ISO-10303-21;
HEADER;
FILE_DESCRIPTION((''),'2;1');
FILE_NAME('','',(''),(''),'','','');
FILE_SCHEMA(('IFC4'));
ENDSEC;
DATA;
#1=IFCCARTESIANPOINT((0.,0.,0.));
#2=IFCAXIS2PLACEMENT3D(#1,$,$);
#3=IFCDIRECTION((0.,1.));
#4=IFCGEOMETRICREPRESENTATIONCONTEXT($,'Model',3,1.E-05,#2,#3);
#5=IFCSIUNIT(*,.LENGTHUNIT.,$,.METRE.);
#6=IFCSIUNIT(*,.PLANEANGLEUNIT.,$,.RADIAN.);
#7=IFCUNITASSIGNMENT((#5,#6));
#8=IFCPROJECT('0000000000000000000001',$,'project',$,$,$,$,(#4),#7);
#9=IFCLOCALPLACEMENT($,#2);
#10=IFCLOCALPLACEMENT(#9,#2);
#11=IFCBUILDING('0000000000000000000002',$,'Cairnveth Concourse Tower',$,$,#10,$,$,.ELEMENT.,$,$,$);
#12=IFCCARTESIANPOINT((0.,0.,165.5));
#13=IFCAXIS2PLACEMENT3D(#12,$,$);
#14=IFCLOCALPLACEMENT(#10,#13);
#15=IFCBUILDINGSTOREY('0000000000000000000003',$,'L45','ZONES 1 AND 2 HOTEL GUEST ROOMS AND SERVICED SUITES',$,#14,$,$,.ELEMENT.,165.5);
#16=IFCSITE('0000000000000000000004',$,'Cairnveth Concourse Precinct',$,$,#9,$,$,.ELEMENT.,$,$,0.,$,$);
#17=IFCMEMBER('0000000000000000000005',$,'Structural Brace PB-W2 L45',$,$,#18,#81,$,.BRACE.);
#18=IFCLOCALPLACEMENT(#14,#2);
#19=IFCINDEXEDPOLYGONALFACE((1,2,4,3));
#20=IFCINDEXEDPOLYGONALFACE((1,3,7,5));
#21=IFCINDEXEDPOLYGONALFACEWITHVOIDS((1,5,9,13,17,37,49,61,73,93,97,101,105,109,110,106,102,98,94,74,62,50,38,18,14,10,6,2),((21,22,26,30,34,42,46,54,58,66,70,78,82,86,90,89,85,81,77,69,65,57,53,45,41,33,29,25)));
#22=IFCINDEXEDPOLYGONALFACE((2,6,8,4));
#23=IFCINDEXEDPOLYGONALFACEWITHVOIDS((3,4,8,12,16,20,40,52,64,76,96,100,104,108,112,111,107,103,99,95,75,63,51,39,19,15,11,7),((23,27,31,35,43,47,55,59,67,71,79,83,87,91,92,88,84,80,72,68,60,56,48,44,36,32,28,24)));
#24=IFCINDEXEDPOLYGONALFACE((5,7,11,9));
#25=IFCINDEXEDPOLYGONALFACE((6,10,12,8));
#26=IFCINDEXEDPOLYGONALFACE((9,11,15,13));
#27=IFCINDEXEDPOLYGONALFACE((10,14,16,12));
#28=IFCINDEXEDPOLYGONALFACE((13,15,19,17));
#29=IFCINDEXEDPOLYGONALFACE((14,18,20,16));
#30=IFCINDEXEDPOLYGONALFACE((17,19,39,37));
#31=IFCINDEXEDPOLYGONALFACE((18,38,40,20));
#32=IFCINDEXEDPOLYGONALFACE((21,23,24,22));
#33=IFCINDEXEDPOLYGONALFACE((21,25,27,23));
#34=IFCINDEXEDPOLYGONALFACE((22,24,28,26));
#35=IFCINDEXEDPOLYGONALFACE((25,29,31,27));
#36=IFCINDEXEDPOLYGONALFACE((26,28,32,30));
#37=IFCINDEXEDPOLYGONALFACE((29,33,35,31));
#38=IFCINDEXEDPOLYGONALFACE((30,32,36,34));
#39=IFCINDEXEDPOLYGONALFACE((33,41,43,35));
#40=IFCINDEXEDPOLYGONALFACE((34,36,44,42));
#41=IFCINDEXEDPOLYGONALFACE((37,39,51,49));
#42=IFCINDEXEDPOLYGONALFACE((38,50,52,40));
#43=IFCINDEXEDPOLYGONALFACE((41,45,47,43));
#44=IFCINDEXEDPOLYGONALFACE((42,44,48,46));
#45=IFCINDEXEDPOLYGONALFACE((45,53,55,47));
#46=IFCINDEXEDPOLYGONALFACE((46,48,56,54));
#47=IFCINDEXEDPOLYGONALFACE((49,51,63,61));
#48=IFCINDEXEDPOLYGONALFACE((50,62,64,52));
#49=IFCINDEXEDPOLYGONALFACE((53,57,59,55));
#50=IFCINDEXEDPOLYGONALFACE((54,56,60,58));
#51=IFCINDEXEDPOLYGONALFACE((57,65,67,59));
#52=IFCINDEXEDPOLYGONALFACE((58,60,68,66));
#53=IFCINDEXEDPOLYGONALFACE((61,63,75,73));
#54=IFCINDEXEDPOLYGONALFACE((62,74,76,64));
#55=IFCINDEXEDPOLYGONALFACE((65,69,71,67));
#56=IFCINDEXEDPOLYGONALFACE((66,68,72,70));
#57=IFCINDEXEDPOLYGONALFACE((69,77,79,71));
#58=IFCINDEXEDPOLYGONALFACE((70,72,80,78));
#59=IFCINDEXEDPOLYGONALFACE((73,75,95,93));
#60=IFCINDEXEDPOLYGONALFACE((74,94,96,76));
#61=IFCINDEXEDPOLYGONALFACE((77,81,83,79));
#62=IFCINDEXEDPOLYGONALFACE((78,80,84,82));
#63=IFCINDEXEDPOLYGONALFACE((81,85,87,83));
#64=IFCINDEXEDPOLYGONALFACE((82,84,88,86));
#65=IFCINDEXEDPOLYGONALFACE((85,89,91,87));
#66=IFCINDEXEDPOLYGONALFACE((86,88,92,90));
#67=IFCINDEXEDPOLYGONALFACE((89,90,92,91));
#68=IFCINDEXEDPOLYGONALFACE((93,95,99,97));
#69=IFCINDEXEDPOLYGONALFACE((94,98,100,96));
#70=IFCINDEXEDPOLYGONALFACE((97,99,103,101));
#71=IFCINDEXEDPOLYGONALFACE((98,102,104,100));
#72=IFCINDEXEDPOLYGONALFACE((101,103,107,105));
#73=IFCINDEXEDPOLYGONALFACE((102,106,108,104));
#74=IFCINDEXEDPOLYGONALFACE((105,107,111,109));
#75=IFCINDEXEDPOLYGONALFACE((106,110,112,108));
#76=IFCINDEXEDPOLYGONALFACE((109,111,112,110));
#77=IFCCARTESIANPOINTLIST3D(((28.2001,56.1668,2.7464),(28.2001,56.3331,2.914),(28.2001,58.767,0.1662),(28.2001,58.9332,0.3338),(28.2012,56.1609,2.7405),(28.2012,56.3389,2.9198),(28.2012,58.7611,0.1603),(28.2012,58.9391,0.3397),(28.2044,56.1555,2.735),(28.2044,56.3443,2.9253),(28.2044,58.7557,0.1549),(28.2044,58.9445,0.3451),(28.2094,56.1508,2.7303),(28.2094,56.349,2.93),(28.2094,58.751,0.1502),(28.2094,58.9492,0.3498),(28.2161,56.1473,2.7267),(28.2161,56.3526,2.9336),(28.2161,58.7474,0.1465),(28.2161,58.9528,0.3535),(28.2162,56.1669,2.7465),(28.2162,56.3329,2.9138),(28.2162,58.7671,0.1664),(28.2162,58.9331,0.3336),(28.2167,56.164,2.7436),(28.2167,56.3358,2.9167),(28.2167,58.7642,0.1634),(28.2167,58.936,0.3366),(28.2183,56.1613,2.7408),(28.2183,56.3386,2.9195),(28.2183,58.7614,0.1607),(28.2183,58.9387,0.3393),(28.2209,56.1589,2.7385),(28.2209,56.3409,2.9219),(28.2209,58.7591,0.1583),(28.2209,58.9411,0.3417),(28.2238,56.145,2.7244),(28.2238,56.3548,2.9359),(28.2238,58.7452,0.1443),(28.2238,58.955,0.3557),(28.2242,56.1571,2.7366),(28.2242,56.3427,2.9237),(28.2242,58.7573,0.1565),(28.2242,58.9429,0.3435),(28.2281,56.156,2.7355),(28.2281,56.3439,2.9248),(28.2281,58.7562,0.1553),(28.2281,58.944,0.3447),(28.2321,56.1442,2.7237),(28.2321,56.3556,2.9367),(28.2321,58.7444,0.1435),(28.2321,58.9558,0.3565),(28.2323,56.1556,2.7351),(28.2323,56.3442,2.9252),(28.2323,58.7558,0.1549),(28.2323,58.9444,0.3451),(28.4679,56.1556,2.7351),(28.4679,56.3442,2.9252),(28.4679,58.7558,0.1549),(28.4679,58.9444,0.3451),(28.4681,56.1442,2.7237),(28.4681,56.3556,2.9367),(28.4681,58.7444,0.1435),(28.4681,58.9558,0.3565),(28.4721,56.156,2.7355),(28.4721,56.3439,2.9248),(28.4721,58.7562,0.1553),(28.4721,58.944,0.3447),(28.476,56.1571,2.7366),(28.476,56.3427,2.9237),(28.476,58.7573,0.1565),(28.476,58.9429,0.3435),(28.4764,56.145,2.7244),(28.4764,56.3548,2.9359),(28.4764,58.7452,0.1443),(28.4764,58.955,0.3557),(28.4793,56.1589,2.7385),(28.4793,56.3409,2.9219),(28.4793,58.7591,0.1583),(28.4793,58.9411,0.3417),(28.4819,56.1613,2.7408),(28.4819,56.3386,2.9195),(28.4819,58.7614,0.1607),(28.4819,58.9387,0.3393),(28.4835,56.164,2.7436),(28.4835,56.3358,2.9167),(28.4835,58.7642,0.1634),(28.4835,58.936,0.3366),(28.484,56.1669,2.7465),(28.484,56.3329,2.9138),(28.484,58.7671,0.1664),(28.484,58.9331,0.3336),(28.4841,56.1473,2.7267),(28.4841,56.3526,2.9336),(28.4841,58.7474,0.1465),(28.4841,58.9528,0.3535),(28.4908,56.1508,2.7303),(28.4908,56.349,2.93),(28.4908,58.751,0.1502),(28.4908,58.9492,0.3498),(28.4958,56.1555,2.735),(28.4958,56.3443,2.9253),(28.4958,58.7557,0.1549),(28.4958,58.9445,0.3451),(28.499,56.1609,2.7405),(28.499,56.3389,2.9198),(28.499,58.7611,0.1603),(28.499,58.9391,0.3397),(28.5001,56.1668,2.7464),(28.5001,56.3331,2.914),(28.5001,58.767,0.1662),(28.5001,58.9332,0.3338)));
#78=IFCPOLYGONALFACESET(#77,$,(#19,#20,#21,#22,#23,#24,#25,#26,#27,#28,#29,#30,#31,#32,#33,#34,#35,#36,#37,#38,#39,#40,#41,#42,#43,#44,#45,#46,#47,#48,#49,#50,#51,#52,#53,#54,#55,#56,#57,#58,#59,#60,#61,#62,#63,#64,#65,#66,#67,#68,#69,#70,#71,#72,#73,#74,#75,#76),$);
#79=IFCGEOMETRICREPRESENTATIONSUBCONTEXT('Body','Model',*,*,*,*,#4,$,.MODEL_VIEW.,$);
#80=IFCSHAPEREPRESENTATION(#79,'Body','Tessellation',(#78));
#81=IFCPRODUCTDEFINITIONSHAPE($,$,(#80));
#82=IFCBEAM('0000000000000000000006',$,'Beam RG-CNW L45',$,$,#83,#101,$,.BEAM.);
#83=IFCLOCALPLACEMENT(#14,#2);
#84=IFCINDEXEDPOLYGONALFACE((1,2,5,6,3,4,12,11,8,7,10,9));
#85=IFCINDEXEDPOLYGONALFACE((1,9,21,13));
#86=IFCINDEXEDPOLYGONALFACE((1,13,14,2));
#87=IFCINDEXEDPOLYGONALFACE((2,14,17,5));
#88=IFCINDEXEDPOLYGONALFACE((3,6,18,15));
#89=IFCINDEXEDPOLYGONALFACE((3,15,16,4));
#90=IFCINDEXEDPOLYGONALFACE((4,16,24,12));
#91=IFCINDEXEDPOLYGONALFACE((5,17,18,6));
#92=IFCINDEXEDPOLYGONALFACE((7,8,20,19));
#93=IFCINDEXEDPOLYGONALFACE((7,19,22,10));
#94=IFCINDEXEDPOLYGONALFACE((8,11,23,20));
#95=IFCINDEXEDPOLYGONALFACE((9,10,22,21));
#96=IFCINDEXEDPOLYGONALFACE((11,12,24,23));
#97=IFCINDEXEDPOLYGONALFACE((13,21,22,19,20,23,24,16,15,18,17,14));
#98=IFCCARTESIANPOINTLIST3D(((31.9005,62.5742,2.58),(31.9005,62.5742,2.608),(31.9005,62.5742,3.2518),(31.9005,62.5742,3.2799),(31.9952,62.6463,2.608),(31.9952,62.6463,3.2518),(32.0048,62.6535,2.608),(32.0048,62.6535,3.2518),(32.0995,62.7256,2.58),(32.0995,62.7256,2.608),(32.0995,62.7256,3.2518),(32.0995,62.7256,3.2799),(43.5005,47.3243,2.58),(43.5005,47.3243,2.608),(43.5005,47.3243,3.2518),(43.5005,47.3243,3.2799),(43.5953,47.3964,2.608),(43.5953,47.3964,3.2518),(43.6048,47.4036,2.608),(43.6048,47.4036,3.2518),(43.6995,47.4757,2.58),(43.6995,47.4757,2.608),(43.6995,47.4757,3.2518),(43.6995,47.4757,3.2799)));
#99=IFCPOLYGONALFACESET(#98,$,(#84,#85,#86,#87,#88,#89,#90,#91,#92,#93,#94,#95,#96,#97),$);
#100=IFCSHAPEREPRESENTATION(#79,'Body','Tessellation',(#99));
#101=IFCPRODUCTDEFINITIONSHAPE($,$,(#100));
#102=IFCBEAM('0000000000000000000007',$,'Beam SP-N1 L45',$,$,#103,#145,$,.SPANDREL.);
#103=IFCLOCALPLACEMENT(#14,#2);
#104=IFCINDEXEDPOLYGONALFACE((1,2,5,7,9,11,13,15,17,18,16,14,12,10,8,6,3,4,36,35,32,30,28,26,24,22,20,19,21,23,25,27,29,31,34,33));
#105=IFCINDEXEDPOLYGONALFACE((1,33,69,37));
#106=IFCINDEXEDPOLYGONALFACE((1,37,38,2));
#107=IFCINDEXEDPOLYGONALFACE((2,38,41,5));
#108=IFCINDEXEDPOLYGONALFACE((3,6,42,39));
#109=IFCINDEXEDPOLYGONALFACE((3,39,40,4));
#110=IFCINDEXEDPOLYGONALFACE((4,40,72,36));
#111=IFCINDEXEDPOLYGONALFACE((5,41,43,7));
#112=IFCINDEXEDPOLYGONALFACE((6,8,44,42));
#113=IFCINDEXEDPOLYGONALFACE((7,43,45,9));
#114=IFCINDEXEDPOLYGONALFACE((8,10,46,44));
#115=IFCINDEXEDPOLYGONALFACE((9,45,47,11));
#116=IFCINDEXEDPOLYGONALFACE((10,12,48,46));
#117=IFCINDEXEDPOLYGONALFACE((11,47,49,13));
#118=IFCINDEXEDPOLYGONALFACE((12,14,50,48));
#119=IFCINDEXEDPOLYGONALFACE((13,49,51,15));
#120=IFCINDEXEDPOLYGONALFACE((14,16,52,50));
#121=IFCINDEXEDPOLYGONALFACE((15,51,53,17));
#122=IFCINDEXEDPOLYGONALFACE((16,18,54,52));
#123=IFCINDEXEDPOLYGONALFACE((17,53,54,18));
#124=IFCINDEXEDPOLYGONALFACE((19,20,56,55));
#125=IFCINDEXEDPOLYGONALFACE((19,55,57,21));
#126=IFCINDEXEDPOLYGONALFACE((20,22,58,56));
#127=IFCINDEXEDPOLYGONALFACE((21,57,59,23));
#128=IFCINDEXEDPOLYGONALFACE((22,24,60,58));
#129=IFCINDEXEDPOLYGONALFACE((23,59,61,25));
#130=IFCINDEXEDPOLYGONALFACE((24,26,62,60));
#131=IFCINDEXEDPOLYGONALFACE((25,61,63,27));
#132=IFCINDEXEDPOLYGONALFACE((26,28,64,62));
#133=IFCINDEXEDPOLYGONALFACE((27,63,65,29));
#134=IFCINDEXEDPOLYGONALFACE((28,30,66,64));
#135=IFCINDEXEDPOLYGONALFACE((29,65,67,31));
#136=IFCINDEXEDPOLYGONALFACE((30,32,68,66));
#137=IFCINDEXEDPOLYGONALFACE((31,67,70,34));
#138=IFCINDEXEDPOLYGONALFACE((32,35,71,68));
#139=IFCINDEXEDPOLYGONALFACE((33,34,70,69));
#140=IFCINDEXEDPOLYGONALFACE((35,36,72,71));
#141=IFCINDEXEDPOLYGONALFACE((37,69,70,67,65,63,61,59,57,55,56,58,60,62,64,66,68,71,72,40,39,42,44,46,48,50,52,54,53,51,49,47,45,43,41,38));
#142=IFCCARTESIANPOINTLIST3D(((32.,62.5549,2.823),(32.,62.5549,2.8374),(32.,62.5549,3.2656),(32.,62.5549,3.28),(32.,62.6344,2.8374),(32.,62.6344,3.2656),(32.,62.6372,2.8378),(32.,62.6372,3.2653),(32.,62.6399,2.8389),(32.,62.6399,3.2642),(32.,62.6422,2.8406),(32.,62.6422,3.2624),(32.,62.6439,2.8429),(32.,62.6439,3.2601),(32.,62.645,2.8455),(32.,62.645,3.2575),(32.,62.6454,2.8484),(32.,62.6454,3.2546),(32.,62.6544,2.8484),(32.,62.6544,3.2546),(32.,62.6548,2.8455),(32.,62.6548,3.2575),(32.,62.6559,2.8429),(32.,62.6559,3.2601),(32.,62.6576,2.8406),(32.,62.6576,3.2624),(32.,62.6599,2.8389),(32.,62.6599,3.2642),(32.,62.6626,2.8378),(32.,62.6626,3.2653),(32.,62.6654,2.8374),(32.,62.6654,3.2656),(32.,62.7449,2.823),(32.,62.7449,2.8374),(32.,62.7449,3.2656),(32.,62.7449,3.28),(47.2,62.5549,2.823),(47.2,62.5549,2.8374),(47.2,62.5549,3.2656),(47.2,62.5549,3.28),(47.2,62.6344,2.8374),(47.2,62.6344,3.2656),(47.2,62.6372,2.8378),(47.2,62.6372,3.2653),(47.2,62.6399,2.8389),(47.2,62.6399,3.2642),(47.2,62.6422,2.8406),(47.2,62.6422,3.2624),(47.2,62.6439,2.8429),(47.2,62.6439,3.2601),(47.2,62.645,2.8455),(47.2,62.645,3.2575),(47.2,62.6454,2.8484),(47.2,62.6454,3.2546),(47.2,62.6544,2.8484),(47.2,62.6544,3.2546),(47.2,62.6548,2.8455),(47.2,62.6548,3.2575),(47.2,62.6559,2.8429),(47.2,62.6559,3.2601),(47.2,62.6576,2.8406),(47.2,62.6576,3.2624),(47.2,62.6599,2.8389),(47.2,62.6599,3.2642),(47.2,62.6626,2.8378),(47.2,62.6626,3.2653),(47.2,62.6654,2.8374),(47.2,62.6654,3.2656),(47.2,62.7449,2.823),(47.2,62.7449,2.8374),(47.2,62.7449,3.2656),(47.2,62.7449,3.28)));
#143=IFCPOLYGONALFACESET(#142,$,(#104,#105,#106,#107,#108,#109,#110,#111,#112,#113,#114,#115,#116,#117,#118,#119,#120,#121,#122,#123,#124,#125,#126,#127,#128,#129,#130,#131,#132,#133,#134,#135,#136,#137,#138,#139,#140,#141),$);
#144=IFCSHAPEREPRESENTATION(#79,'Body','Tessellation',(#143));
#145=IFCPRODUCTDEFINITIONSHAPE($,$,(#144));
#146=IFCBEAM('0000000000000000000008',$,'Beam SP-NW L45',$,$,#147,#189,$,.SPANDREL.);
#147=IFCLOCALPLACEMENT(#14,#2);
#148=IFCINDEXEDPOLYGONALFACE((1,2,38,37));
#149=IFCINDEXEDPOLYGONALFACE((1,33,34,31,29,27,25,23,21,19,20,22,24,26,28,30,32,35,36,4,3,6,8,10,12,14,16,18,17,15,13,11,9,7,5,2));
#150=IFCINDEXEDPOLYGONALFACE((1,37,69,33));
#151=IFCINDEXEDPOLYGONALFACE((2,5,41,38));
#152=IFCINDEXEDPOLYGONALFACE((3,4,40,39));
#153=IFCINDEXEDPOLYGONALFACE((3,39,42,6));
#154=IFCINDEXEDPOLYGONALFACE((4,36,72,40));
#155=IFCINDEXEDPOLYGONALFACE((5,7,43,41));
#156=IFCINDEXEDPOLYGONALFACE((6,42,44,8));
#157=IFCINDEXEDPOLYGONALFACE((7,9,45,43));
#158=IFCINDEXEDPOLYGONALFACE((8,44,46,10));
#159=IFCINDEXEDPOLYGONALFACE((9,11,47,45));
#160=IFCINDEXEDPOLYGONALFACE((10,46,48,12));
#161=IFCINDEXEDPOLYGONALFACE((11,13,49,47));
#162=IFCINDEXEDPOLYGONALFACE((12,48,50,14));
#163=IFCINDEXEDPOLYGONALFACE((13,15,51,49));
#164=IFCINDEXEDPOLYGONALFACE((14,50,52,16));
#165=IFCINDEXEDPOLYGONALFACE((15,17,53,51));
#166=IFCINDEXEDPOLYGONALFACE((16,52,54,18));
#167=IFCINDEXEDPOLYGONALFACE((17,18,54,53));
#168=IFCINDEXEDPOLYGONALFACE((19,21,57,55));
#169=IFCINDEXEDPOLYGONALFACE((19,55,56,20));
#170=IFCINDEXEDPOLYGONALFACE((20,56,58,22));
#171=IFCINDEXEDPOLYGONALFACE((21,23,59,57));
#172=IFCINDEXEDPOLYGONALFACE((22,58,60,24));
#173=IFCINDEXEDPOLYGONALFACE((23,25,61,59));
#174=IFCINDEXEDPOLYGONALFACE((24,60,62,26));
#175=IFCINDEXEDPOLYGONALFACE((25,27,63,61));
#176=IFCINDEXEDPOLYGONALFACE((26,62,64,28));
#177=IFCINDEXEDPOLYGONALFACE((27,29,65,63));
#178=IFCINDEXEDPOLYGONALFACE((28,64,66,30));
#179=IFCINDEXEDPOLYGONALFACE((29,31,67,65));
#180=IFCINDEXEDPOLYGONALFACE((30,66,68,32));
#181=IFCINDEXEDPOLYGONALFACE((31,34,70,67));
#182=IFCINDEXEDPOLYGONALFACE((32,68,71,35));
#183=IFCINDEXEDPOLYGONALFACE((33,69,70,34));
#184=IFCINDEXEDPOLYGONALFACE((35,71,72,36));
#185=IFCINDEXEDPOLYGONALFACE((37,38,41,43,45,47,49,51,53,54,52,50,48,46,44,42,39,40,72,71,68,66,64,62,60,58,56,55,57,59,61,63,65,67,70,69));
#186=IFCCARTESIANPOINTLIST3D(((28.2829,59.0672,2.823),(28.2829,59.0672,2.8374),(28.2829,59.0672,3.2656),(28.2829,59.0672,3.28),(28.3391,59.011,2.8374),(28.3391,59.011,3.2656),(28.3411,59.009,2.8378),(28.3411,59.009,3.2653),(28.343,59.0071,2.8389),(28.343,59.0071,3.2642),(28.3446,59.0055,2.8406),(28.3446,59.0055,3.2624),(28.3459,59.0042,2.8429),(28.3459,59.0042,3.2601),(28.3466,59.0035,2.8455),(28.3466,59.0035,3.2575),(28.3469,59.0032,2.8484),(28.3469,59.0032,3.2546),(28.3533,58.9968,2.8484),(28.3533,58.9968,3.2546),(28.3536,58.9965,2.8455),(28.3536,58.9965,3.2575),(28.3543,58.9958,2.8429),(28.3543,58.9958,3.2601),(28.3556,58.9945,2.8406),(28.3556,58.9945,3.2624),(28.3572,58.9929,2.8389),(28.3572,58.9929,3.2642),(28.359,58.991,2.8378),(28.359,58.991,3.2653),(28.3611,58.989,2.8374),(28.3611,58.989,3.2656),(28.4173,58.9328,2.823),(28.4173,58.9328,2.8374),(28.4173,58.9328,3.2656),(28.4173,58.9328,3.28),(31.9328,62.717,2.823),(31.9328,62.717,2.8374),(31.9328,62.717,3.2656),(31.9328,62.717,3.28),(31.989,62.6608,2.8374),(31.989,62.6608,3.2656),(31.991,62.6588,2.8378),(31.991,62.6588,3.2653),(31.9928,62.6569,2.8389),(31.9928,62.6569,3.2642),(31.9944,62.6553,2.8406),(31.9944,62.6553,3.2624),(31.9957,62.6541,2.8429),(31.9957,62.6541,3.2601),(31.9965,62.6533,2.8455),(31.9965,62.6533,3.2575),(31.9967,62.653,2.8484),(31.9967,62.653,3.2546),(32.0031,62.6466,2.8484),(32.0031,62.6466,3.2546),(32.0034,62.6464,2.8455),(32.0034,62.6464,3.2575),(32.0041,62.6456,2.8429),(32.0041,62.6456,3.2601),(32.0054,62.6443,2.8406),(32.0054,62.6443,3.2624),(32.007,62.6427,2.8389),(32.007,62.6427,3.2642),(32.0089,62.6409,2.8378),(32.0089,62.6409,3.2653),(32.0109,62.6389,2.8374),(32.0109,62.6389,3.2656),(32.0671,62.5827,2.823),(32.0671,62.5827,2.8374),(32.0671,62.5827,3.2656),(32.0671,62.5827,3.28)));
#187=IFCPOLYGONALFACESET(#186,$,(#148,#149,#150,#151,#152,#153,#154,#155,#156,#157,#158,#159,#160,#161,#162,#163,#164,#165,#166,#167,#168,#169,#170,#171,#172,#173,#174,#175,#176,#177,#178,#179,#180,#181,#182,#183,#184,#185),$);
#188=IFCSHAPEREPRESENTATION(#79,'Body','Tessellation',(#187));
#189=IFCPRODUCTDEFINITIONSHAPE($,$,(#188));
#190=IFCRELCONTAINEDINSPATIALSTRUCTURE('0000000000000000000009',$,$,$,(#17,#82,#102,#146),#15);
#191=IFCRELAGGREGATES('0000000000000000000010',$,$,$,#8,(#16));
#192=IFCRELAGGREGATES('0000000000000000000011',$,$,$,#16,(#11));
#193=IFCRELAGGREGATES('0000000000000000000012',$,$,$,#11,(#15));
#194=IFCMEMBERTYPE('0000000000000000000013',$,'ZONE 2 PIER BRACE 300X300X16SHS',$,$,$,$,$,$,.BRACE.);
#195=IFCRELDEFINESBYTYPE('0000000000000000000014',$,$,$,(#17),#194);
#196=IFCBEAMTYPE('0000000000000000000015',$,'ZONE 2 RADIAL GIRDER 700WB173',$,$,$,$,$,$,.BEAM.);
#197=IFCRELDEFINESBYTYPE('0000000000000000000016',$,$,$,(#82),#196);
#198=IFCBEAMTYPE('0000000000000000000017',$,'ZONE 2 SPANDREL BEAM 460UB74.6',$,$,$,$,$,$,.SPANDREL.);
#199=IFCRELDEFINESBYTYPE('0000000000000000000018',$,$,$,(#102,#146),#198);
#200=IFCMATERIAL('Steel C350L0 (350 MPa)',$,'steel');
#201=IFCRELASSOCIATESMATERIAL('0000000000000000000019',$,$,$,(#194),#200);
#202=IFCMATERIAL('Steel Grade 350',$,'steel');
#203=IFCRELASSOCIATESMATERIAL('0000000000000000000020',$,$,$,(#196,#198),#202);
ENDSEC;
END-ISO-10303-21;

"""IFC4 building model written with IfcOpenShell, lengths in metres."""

from ifc_helpers import new_model, si_unit, direction, frame, origin, origin_2d, place, context, subcontext, project, spatial, hollow_rectangle, i_section, extrude, material, material_profile, profile_set, type_object, element, save


model = new_model("IFC4")

# Units and contexts
model_context = context("Model", 3, precision=1e-05, world=origin(), true_north=direction((0.0, 1.0)))
body_context = subcontext(model_context, "Body", "Model", "MODEL_VIEW")
ifc_project = project(units=[si_unit("LENGTHUNIT", "METRE"), si_unit("PLANEANGLEUNIT", "RADIAN")], contexts=[model_context])

# Site, building, storey
site_placement = place(None, origin())
site = spatial("IfcSite", under=ifc_project, at=site_placement, Name="Cairnveth Concourse Precinct", CompositionType="ELEMENT", RefElevation=0.0)
building_placement = place(site_placement, origin())
building = spatial("IfcBuilding", under=site, at=building_placement, Name="Cairnveth Concourse Tower", CompositionType="ELEMENT")
storey_placement = place(building_placement, frame((0.0, 0.0, 165.5)))
storey = spatial("IfcBuildingStorey", under=building, at=storey_placement, Name="L45", Description="ZONES 1 AND 2 HOTEL GUEST ROOMS AND SERVICED SUITES", CompositionType="ELEMENT", Elevation=165.5)

# Shared definitions
ifc_material_1 = material(Name="Steel Grade 350", Category="steel")

# Member
ifc_material_2 = material(Name="Steel C350L0 (350 MPa)", Category="steel")
ifc_material_profile_1 = material_profile(ifc_material_2, hollow_rectangle(XDim=0.3, YDim=0.3, WallThickness=0.0161, InnerFilletRadius=0.0161, OuterFilletRadius=0.032, at=origin_2d()), Name="300x300x16.0SHS")
ifc_profile_set_1 = profile_set([ifc_material_profile_1], Name="Steel C350L0 (350 MPa)")
member_type = type_object("IfcMemberType", Name="ZONE 2 PIER BRACE 300X300X16SHS", PredefinedType="BRACE", material=ifc_profile_set_1)
for number, where, z_axis, x_axis, name in (
    (1, (28.3501, 58.8501, 0.25), (0.0, -0.709834, 0.704369), (1.0, 0.0, 0.0), "Structural Brace PB-W2 L45"),
):
    element("IfcMember", number, at=place(storey_placement, frame(where, z_axis=z_axis, x_axis=x_axis)), inside=storey, type_object=member_type, Name=name, PredefinedType="BRACE", context=body_context, shape_type="SweptSolid", body=[
        extrude(hollow_rectangle(XDim=0.3, YDim=0.3, WallThickness=0.0161, InnerFilletRadius=0.0161, OuterFilletRadius=0.032, at=origin_2d()), origin(), (0.0, 0.0, 1.0), 3.6631),
    ])

# Beams
ifc_material_profile_2 = material_profile(ifc_material_1, i_section(OverallWidth=0.25, OverallDepth=0.7, WebThickness=0.012, FlangeThickness=0.0281, at=origin_2d()), Name="700WB173")
ifc_profile_set_2 = profile_set([ifc_material_profile_2], Name="Steel Grade 350")
beam_type_1 = type_object("IfcBeamType", Name="ZONE 2 RADIAL GIRDER 700WB173", PredefinedType="BEAM", material=ifc_profile_set_2)
beam_1_placement = place(storey_placement, frame((32.0, 62.6499, 2.9299), z_axis=(0.605417, -0.795908, 0.0), x_axis=(0.795908, 0.605417, 0.0)))
element("IfcBeam", 2, at=beam_1_placement, inside=storey, type_object=beam_type_1, Name="Beam RG-CNW L45", PredefinedType="BEAM", context=body_context, shape_type="SweptSolid", body=[
    extrude(i_section(OverallWidth=0.25, OverallDepth=0.7, WebThickness=0.012, FlangeThickness=0.0281, at=origin_2d()), origin(), (0.0, 0.0, 1.0), 19.1604),
])
ifc_material_profile_3 = material_profile(ifc_material_1, i_section(OverallWidth=0.1899, OverallDepth=0.457, WebThickness=0.009, FlangeThickness=0.0144, FilletRadius=0.011, at=origin_2d()), Name="460UB74.6")
ifc_profile_set_3 = profile_set([ifc_material_profile_3], Name="Steel Grade 350")
beam_type_2 = type_object("IfcBeamType", Name="ZONE 2 SPANDREL BEAM 460UB74.6", PredefinedType="SPANDREL", material=ifc_profile_set_3)
beam_2_placement = place(storey_placement, frame((32.0, 62.6499, 3.0515), z_axis=(1.0, 0.0, 0.0), x_axis=(0.0, 1.0, 0.0)))
element("IfcBeam", 3, at=beam_2_placement, inside=storey, type_object=beam_type_2, Name="Beam SP-N1 L45", PredefinedType="SPANDREL", context=body_context, shape_type="SweptSolid", body=[
    extrude(i_section(OverallWidth=0.1899, OverallDepth=0.457, WebThickness=0.009, FlangeThickness=0.0144, FilletRadius=0.011, at=origin_2d()), origin(), (0.0, 0.0, 1.0), 15.2),
])
beam_3_placement = place(storey_placement, frame((28.3501, 59.0, 3.0515), z_axis=(0.707107, 0.707107, 0.0), x_axis=(-0.707107, 0.707107, 0.0)))
element("IfcBeam", 4, at=beam_3_placement, inside=storey, type_object=beam_type_2, Name="Beam SP-NW L45", PredefinedType="SPANDREL", context=body_context, shape_type="SweptSolid", body=[
    extrude(i_section(OverallWidth=0.1899, OverallDepth=0.457, WebThickness=0.009, FlangeThickness=0.0144, FilletRadius=0.011, at=origin_2d()), origin(), (0.0, 0.0, 1.0), 5.1616),
])

save(model, "model.ifc")
